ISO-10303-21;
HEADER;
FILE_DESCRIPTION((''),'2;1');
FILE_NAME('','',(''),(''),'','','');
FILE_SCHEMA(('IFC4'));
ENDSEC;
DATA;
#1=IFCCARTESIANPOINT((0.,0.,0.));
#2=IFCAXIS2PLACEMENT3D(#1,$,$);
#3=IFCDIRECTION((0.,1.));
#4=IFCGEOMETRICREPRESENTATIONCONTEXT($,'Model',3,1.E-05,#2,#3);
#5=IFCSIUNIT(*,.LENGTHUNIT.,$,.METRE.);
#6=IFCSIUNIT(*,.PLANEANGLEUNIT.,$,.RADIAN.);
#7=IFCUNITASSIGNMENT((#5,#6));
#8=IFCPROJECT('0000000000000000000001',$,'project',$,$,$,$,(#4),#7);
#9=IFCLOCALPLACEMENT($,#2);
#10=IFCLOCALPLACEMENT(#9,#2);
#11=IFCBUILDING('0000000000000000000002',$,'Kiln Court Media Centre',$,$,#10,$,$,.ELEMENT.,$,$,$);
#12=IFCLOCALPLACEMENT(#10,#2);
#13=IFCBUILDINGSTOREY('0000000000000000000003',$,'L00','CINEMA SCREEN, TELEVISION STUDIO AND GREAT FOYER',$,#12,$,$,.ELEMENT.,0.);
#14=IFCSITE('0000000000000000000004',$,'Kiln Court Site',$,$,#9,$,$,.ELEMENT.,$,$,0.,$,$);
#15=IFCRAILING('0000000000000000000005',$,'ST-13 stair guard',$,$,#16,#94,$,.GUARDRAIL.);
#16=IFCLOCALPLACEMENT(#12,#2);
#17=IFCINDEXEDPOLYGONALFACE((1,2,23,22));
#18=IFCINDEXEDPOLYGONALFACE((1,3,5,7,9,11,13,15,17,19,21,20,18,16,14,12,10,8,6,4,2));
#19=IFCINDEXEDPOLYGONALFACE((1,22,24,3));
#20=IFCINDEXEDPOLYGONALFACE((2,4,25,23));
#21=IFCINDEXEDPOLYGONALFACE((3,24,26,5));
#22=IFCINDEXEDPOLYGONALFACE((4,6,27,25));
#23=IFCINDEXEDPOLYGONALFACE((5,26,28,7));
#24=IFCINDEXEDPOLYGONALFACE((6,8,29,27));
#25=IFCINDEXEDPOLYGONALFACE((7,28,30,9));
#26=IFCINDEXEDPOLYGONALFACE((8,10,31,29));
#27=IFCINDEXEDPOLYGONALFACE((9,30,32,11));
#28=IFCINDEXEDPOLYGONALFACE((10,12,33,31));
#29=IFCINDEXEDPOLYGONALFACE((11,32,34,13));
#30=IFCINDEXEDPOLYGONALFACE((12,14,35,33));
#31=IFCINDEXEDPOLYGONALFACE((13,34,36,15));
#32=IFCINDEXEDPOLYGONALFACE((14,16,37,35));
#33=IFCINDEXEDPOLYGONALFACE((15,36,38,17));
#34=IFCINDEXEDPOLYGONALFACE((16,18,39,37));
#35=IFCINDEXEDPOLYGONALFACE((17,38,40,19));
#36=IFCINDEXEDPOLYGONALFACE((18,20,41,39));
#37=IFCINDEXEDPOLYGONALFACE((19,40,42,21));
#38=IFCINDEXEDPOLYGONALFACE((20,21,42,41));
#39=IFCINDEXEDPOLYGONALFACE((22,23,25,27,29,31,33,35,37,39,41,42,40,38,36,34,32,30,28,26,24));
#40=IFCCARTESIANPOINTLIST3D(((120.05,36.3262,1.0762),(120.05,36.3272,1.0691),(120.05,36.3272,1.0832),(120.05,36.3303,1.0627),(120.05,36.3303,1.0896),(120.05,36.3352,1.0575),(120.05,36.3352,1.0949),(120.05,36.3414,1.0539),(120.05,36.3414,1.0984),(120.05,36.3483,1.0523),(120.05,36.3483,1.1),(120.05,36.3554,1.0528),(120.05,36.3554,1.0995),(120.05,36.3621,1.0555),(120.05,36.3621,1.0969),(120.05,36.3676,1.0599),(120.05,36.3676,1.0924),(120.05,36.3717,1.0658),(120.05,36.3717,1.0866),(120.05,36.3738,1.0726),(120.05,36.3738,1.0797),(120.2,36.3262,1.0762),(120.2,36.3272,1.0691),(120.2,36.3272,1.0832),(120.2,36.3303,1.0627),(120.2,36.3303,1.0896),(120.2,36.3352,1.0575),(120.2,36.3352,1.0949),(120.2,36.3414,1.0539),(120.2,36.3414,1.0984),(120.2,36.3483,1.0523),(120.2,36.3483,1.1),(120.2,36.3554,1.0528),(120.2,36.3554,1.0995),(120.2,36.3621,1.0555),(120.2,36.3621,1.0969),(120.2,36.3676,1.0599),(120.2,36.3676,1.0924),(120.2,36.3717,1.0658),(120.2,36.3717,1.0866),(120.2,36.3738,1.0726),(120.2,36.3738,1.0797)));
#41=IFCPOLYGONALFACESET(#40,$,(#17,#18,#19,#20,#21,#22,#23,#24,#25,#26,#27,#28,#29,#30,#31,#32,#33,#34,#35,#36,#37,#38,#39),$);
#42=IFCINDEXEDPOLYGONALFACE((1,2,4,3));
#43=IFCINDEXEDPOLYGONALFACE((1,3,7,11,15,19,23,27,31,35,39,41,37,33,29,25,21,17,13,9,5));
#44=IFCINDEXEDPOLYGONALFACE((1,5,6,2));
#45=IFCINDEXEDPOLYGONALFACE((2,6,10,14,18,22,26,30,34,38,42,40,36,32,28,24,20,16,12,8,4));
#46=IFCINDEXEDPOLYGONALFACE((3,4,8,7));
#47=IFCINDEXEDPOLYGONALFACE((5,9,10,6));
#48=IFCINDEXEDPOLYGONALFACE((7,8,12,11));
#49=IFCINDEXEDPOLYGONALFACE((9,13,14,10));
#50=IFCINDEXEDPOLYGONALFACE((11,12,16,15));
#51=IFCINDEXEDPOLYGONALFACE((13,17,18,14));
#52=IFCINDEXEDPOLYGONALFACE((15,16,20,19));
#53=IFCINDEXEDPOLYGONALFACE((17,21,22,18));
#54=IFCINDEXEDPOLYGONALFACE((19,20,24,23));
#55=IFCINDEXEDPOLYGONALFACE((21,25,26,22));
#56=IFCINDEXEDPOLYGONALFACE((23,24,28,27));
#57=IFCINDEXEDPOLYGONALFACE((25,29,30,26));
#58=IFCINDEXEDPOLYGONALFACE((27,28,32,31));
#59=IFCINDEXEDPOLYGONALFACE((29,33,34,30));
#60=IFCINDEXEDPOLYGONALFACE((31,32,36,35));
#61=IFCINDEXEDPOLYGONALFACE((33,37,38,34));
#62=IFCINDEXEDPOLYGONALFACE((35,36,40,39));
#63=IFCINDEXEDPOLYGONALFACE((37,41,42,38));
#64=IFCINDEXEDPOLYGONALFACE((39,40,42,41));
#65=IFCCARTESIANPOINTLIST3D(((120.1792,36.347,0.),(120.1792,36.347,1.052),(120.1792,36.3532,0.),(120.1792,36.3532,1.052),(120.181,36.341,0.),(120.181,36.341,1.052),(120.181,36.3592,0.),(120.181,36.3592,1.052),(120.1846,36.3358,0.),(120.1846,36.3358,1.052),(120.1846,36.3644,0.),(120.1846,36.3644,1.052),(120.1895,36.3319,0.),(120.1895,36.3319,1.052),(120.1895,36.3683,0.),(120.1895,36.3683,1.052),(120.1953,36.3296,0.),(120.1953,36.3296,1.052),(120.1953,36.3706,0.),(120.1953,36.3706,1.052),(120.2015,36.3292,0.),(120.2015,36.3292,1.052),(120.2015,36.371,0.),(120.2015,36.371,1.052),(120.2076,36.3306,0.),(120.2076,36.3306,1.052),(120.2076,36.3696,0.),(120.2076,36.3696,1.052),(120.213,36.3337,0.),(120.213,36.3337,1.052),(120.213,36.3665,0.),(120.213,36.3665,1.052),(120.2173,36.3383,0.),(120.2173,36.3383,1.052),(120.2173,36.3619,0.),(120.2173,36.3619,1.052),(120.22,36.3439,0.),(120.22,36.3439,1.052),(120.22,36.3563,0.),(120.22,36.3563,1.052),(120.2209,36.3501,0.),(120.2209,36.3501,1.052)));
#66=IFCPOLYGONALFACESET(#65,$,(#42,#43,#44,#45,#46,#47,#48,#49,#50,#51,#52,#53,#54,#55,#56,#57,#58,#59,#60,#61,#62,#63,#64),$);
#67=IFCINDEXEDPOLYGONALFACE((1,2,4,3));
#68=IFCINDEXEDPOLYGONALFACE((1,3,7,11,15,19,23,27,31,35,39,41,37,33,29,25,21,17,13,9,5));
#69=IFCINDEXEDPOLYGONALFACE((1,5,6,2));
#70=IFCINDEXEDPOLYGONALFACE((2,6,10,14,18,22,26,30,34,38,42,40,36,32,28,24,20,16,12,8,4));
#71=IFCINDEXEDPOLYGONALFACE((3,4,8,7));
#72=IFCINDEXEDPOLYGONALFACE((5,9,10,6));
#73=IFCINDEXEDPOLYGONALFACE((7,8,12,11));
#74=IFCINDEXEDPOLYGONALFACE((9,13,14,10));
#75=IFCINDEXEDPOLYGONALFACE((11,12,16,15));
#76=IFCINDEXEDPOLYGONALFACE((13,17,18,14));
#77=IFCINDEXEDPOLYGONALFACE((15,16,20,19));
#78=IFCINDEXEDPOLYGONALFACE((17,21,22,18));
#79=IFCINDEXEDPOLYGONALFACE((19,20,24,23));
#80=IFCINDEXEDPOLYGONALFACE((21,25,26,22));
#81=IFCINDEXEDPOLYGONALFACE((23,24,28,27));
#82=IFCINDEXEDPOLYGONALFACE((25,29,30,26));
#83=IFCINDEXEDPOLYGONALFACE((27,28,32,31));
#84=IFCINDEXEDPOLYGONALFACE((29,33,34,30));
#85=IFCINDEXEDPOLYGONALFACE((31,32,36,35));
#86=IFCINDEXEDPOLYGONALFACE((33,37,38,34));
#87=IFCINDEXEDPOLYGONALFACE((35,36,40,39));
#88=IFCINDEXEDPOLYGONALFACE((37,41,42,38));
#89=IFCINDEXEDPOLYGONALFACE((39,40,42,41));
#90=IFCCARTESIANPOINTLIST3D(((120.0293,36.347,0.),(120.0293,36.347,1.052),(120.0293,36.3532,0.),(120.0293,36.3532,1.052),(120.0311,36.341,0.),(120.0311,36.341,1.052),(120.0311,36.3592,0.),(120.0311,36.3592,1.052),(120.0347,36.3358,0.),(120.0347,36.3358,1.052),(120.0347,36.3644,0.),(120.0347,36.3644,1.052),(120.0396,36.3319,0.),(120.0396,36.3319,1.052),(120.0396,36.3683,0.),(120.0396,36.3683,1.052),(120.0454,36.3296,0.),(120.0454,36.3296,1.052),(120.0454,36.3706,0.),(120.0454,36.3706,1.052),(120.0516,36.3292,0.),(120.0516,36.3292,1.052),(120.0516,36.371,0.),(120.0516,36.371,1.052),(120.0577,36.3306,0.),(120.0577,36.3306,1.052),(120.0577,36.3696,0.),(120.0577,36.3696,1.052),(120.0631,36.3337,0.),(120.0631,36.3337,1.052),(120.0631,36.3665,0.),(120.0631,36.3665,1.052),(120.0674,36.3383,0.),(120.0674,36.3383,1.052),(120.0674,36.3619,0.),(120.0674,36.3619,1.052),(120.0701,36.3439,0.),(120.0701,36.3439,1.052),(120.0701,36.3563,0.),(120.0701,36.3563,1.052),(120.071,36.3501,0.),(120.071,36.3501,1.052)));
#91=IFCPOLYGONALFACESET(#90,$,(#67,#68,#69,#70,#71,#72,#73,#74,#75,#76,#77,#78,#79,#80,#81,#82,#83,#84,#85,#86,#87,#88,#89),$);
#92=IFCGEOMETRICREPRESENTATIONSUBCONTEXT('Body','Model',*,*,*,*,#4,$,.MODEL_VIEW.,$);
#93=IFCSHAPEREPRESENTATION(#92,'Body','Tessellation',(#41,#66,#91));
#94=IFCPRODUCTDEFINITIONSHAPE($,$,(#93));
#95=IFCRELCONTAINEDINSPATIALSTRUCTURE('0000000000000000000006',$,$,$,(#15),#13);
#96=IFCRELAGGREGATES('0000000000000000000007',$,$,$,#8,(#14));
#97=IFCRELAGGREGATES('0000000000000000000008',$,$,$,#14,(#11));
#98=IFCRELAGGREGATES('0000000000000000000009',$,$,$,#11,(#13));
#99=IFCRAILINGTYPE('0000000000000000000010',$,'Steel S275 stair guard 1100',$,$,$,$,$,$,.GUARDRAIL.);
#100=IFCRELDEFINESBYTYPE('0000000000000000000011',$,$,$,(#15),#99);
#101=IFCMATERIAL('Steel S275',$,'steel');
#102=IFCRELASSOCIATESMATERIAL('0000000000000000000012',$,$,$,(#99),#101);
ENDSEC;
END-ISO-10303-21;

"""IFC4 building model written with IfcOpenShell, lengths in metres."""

from ifc_helpers import new_model, si_unit, direction, frame, origin, origin_2d, place, context, subcontext, project, spatial, circle, extrude, material, type_object, element, save


model = new_model("IFC4")

# Units and contexts
model_context = context("Model", 3, precision=1e-05, world=origin(), true_north=direction((0.0, 1.0)))
body_context = subcontext(model_context, "Body", "Model", "MODEL_VIEW")
ifc_project = project(units=[si_unit("LENGTHUNIT", "METRE"), si_unit("PLANEANGLEUNIT", "RADIAN")], contexts=[model_context])

# Site, building, storey
site_placement = place(None, origin())
site = spatial("IfcSite", under=ifc_project, at=site_placement, Name="Kiln Court Site", CompositionType="ELEMENT", RefElevation=0.0)
building_placement = place(site_placement, origin())
building = spatial("IfcBuilding", under=site, at=building_placement, Name="Kiln Court Media Centre", CompositionType="ELEMENT")
storey_placement = place(building_placement, origin())
storey = spatial("IfcBuildingStorey", under=building, at=storey_placement, Name="L00", Description="CINEMA SCREEN, TELEVISION STUDIO AND GREAT FOYER", CompositionType="ELEMENT", Elevation=0.0)

# Railing
ifc_material_1 = material(Name="Steel S275", Category="steel")
railing_type_1 = type_object("IfcRailingType", Name="Steel S275 stair guard 1100", PredefinedType="GUARDRAIL", material=ifc_material_1)
railing_1_placement = place(storey_placement, frame((120.2, 36.3501, 0.0)))
element("IfcRailing", 1, at=railing_1_placement, inside=storey, type_object=railing_type_1, Name="ST-13 stair guard", PredefinedType="GUARDRAIL", context=body_context, shape_type="SweptSolid", body=[
    extrude(circle(Radius=0.0239, at=origin_2d()), frame((0.0, 0.0, 1.0762), z_axis=(-1.0, 0.0, 0.0), x_axis=(0.0, -1.0, 0.0)), (0.0, 0.0, 1.0), 0.1499),
    extrude(circle(Radius=0.021, at=origin_2d()), origin(), (0.0, 0.0, 1.0), 1.052),
    extrude(circle(Radius=0.021, at=origin_2d()), frame((-0.1499, 0.0, 0.0)), (0.0, 0.0, 1.0), 1.052),
])

save(model, "model.ifc")
